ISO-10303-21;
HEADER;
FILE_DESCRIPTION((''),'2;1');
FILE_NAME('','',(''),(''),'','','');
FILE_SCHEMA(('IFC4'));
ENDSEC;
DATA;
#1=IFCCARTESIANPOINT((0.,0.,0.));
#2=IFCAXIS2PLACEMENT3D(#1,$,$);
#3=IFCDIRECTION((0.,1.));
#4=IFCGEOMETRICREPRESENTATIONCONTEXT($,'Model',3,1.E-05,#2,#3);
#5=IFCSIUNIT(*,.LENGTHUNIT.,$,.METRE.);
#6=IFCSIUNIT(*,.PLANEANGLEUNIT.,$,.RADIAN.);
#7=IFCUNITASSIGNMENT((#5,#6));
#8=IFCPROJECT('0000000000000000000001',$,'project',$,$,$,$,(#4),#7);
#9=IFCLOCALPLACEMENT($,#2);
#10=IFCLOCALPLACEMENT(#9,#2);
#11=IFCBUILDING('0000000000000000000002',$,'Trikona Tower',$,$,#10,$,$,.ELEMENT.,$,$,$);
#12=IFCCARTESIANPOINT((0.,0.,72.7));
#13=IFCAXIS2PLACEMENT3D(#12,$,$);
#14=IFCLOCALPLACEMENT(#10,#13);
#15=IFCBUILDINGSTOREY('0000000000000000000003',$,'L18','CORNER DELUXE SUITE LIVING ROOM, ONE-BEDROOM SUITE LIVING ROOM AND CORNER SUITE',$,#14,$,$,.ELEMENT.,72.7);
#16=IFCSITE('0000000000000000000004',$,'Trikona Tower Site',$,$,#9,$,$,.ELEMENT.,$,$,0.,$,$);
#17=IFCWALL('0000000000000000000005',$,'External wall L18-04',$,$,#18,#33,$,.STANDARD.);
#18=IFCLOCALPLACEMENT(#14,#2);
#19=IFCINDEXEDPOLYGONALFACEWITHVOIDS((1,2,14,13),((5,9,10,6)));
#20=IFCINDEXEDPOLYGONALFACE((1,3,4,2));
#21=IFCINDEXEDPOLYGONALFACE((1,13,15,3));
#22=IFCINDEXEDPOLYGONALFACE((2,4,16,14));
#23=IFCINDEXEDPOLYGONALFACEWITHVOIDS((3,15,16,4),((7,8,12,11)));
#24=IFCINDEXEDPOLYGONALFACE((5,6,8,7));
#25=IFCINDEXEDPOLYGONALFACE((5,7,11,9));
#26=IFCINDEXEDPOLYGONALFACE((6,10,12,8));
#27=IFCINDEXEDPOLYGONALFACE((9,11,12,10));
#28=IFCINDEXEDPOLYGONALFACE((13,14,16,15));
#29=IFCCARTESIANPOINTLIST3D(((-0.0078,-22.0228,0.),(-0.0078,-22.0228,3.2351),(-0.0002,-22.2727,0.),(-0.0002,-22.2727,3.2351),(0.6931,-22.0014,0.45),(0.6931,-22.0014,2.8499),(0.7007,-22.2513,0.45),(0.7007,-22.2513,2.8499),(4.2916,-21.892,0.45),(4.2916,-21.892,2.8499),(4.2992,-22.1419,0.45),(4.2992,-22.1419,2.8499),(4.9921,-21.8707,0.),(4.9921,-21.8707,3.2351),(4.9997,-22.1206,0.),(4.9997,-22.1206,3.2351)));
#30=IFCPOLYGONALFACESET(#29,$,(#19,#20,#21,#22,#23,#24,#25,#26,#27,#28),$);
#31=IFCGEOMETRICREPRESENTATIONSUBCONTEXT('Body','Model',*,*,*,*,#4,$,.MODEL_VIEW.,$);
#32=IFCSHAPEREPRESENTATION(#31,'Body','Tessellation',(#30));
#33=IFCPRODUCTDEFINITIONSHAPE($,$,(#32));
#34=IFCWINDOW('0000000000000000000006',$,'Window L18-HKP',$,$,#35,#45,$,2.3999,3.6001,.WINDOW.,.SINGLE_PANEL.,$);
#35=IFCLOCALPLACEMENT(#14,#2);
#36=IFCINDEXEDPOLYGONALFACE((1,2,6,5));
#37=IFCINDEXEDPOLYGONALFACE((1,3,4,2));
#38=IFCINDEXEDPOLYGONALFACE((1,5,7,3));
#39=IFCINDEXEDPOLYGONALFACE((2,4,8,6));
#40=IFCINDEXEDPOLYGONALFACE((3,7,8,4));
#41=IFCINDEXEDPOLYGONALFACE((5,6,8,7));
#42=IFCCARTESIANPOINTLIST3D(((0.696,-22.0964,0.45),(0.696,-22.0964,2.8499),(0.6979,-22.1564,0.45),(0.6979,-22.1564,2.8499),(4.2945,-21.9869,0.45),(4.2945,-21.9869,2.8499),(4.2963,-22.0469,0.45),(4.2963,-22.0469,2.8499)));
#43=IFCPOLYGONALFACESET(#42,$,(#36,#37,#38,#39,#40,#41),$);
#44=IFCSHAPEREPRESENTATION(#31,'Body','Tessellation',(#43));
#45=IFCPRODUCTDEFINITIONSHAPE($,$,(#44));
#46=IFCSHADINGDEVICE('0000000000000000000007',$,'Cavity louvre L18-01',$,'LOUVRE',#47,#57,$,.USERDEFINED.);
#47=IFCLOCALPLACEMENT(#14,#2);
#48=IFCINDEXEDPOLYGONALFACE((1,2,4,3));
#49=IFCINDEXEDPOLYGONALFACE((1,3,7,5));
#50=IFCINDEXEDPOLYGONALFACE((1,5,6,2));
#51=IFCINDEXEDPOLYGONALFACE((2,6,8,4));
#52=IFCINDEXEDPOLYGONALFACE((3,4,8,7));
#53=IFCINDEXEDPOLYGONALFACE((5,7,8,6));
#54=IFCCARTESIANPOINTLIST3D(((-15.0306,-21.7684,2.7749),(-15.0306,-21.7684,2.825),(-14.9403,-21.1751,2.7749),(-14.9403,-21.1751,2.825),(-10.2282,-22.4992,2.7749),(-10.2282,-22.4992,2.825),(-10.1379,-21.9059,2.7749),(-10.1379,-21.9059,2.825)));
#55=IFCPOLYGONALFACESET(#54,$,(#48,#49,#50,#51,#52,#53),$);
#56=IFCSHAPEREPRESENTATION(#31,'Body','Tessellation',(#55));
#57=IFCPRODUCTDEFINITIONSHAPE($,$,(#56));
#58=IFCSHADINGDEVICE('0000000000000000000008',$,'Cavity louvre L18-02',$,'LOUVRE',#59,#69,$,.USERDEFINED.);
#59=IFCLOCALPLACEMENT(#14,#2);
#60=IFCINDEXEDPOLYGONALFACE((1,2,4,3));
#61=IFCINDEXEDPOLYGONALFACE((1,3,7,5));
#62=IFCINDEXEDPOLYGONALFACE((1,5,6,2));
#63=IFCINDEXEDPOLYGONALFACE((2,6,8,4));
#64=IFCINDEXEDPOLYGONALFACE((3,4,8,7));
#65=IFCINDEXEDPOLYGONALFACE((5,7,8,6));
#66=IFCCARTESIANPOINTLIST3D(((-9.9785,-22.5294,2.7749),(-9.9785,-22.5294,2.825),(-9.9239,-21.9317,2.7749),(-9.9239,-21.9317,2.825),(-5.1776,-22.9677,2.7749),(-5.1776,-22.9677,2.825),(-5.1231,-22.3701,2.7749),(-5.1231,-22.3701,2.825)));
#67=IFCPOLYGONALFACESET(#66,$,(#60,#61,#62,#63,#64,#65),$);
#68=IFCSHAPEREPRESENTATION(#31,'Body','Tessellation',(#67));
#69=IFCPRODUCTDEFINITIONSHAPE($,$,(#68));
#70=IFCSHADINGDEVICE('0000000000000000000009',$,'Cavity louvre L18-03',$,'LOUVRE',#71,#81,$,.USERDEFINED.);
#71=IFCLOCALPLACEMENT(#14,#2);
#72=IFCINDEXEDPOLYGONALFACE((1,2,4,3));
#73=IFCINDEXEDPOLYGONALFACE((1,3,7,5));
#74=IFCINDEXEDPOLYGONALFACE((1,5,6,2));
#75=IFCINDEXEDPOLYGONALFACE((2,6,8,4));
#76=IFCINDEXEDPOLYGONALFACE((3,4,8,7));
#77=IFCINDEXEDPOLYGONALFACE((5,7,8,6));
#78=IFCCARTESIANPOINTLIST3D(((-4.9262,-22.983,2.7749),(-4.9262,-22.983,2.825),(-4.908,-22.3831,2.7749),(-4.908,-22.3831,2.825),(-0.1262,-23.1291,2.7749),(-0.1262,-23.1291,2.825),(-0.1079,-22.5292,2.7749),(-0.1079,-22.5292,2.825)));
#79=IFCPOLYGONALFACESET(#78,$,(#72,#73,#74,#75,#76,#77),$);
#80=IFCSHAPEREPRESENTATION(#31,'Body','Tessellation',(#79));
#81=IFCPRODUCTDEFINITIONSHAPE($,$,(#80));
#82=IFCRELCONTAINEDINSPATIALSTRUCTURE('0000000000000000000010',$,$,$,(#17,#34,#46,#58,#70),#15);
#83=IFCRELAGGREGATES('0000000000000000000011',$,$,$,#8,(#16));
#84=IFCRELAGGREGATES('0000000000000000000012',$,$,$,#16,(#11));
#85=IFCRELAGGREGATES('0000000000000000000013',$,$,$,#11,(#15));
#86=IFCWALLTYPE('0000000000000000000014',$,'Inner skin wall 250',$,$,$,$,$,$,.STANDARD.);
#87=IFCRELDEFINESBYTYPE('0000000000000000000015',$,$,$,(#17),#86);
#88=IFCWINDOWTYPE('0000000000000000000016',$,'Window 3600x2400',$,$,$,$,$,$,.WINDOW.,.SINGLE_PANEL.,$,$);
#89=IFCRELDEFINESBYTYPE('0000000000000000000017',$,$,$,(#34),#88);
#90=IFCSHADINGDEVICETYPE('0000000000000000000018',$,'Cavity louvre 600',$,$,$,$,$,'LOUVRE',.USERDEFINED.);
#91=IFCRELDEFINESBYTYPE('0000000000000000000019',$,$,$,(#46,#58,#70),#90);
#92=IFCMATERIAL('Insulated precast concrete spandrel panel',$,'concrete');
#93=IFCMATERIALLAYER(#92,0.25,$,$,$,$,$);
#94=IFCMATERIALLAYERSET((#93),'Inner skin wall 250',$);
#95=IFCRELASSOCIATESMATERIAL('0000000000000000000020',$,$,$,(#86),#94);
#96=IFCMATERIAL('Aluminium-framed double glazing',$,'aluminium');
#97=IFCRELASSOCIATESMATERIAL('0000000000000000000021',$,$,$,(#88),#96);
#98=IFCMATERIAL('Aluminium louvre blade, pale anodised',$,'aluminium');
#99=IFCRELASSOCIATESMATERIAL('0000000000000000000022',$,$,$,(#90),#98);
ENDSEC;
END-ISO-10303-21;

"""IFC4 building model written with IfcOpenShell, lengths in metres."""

from ifc_helpers import new_model, si_unit, direction, frame, frame_2d, origin, origin_2d, place, context, subcontext, project, spatial, rectangle, extrude, material, layer, layer_set, type_object, element, fill, save


model = new_model("IFC4")

# Units and contexts
model_context = context("Model", 3, precision=1e-05, world=origin(), true_north=direction((0.0, 1.0)))
body_context = subcontext(model_context, "Body", "Model", "MODEL_VIEW")
ifc_project = project(units=[si_unit("LENGTHUNIT", "METRE"), si_unit("PLANEANGLEUNIT", "RADIAN")], contexts=[model_context])

# Site, building, storey
site_placement = place(None, origin())
site = spatial("IfcSite", under=ifc_project, at=site_placement, Name="Trikona Tower Site", CompositionType="ELEMENT", RefElevation=0.0)
building_placement = place(site_placement, origin())
building = spatial("IfcBuilding", under=site, at=building_placement, Name="Trikona Tower", CompositionType="ELEMENT")
storey_placement = place(building_placement, frame((0.0, 0.0, 72.7)))
storey = spatial("IfcBuildingStorey", under=building, at=storey_placement, Name="L18", Description="CORNER DELUXE SUITE LIVING ROOM, ONE-BEDROOM SUITE LIVING ROOM AND CORNER SUITE", CompositionType="ELEMENT", Elevation=72.7)

# Wall, opening, window
ifc_material_1 = material(Name="Insulated precast concrete spandrel panel", Category="concrete")
ifc_layer_1 = layer(ifc_material_1, 0.25)
ifc_layer_set_1 = layer_set([ifc_layer_1], Name="Inner skin wall 250")
wall_type_1 = type_object("IfcWallType", Name="Inner skin wall 250", PredefinedType="STANDARD", material=ifc_layer_set_1)
ifc_material_2 = material(Name="Aluminium-framed double glazing", Category="aluminium")
window_type = type_object("IfcWindowType", Name="Window 3600x2400", PartitioningType="SINGLE_PANEL", PredefinedType="WINDOW", material=ifc_material_2)
wall_1_placement = place(storey_placement, frame((-0.0039, -22.1477, 0.0), z_axis=(0.0, 0.0, 1.0), x_axis=(0.999538, 0.030406, 0.0)))
wall_1 = element("IfcWall", 1, at=wall_1_placement, inside=storey, type_object=wall_type_1, Name="External wall L18-04", PredefinedType="STANDARD", context=body_context, shape_type="SweptSolid", body=[
    extrude(rectangle(XDim=5.0022, YDim=0.25, at=frame_2d((2.501, 0.0))), origin(), (0.0, 0.0, 1.0), 3.2351),
])
opening_1_placement = place(wall_1_placement, frame((0.7012, 0.0, 0.45)))
opening_1 = element("IfcOpeningElement", 2, at=opening_1_placement, cuts=wall_1, PredefinedType="OPENING", context=body_context, shape_type="SweptSolid", body=[
    extrude(rectangle(XDim=3.6001, YDim=2.3999, at=frame_2d((1.8, 1.2))), frame((0.0, 0.135, 0.0), z_axis=(0.0, -1.0, 0.0), x_axis=(1.0, 0.0, 0.0)), (0.0, 0.0, 1.0), 0.27),
])
window_1_placement = place(opening_1_placement, origin())
window_1 = element("IfcWindow", 3, at=window_1_placement, inside=storey, type_object=window_type, Name="Window L18-HKP", OverallHeight=2.3999, OverallWidth=3.6001, PartitioningType="SINGLE_PANEL", PredefinedType="WINDOW", context=body_context, shape_type="SweptSolid", body=[
    extrude(rectangle(XDim=3.6001, YDim=2.3999, at=frame_2d((1.8, 1.2))), frame((0.0, 0.03, 0.0), z_axis=(0.0, -1.0, 0.0), x_axis=(1.0, 0.0, 0.0)), (0.0, 0.0, 1.0), 0.0601),
])
fill(opening_1, window_1)

# Shading devices
ifc_material_3 = material(Name="Aluminium louvre blade, pale anodised", Category="aluminium")
shading_device_type = type_object("IfcShadingDeviceType", Name="Cavity louvre 600", ElementType="LOUVRE", PredefinedType="USERDEFINED", material=ifc_material_3)
shading_device_1_placement = place(storey_placement, frame((-12.5842, -21.8372, 2.7749), z_axis=(0.0, 0.0, 1.0), x_axis=(0.988618, -0.150448, 0.0)))
element("IfcShadingDevice", 4, at=shading_device_1_placement, inside=storey, type_object=shading_device_type, Name="Cavity louvre L18-01", ObjectType="LOUVRE", PredefinedType="USERDEFINED", context=body_context, shape_type="SweptSolid", body=[
    extrude(rectangle(XDim=4.8577, YDim=0.6001, at=origin_2d()), origin(), (0.0, 0.0, 1.0), 0.05),
])
shading_device_2_placement = place(storey_placement, frame((-7.5508, -22.4497, 2.7749), z_axis=(0.0, 0.0, 1.0), x_axis=(0.995858, -0.090921, 0.0)))
element("IfcShadingDevice", 5, at=shading_device_2_placement, inside=storey, type_object=shading_device_type, Name="Cavity louvre L18-02", ObjectType="LOUVRE", PredefinedType="USERDEFINED", context=body_context, shape_type="SweptSolid", body=[
    extrude(rectangle(XDim=4.8208, YDim=0.6001, at=origin_2d()), origin(), (0.0, 0.0, 1.0), 0.05),
])
shading_device_3_placement = place(storey_placement, frame((-2.5171, -22.7561, 2.7749), z_axis=(0.0, 0.0, 1.0), x_axis=(0.999537, -0.030425, 0.0)))
element("IfcShadingDevice", 6, at=shading_device_3_placement, inside=storey, type_object=shading_device_type, Name="Cavity louvre L18-03", ObjectType="LOUVRE", PredefinedType="USERDEFINED", context=body_context, shape_type="SweptSolid", body=[
    extrude(rectangle(XDim=4.8022, YDim=0.6001, at=origin_2d()), origin(), (0.0, 0.0, 1.0), 0.05),
])

save(model, "model.ifc")
